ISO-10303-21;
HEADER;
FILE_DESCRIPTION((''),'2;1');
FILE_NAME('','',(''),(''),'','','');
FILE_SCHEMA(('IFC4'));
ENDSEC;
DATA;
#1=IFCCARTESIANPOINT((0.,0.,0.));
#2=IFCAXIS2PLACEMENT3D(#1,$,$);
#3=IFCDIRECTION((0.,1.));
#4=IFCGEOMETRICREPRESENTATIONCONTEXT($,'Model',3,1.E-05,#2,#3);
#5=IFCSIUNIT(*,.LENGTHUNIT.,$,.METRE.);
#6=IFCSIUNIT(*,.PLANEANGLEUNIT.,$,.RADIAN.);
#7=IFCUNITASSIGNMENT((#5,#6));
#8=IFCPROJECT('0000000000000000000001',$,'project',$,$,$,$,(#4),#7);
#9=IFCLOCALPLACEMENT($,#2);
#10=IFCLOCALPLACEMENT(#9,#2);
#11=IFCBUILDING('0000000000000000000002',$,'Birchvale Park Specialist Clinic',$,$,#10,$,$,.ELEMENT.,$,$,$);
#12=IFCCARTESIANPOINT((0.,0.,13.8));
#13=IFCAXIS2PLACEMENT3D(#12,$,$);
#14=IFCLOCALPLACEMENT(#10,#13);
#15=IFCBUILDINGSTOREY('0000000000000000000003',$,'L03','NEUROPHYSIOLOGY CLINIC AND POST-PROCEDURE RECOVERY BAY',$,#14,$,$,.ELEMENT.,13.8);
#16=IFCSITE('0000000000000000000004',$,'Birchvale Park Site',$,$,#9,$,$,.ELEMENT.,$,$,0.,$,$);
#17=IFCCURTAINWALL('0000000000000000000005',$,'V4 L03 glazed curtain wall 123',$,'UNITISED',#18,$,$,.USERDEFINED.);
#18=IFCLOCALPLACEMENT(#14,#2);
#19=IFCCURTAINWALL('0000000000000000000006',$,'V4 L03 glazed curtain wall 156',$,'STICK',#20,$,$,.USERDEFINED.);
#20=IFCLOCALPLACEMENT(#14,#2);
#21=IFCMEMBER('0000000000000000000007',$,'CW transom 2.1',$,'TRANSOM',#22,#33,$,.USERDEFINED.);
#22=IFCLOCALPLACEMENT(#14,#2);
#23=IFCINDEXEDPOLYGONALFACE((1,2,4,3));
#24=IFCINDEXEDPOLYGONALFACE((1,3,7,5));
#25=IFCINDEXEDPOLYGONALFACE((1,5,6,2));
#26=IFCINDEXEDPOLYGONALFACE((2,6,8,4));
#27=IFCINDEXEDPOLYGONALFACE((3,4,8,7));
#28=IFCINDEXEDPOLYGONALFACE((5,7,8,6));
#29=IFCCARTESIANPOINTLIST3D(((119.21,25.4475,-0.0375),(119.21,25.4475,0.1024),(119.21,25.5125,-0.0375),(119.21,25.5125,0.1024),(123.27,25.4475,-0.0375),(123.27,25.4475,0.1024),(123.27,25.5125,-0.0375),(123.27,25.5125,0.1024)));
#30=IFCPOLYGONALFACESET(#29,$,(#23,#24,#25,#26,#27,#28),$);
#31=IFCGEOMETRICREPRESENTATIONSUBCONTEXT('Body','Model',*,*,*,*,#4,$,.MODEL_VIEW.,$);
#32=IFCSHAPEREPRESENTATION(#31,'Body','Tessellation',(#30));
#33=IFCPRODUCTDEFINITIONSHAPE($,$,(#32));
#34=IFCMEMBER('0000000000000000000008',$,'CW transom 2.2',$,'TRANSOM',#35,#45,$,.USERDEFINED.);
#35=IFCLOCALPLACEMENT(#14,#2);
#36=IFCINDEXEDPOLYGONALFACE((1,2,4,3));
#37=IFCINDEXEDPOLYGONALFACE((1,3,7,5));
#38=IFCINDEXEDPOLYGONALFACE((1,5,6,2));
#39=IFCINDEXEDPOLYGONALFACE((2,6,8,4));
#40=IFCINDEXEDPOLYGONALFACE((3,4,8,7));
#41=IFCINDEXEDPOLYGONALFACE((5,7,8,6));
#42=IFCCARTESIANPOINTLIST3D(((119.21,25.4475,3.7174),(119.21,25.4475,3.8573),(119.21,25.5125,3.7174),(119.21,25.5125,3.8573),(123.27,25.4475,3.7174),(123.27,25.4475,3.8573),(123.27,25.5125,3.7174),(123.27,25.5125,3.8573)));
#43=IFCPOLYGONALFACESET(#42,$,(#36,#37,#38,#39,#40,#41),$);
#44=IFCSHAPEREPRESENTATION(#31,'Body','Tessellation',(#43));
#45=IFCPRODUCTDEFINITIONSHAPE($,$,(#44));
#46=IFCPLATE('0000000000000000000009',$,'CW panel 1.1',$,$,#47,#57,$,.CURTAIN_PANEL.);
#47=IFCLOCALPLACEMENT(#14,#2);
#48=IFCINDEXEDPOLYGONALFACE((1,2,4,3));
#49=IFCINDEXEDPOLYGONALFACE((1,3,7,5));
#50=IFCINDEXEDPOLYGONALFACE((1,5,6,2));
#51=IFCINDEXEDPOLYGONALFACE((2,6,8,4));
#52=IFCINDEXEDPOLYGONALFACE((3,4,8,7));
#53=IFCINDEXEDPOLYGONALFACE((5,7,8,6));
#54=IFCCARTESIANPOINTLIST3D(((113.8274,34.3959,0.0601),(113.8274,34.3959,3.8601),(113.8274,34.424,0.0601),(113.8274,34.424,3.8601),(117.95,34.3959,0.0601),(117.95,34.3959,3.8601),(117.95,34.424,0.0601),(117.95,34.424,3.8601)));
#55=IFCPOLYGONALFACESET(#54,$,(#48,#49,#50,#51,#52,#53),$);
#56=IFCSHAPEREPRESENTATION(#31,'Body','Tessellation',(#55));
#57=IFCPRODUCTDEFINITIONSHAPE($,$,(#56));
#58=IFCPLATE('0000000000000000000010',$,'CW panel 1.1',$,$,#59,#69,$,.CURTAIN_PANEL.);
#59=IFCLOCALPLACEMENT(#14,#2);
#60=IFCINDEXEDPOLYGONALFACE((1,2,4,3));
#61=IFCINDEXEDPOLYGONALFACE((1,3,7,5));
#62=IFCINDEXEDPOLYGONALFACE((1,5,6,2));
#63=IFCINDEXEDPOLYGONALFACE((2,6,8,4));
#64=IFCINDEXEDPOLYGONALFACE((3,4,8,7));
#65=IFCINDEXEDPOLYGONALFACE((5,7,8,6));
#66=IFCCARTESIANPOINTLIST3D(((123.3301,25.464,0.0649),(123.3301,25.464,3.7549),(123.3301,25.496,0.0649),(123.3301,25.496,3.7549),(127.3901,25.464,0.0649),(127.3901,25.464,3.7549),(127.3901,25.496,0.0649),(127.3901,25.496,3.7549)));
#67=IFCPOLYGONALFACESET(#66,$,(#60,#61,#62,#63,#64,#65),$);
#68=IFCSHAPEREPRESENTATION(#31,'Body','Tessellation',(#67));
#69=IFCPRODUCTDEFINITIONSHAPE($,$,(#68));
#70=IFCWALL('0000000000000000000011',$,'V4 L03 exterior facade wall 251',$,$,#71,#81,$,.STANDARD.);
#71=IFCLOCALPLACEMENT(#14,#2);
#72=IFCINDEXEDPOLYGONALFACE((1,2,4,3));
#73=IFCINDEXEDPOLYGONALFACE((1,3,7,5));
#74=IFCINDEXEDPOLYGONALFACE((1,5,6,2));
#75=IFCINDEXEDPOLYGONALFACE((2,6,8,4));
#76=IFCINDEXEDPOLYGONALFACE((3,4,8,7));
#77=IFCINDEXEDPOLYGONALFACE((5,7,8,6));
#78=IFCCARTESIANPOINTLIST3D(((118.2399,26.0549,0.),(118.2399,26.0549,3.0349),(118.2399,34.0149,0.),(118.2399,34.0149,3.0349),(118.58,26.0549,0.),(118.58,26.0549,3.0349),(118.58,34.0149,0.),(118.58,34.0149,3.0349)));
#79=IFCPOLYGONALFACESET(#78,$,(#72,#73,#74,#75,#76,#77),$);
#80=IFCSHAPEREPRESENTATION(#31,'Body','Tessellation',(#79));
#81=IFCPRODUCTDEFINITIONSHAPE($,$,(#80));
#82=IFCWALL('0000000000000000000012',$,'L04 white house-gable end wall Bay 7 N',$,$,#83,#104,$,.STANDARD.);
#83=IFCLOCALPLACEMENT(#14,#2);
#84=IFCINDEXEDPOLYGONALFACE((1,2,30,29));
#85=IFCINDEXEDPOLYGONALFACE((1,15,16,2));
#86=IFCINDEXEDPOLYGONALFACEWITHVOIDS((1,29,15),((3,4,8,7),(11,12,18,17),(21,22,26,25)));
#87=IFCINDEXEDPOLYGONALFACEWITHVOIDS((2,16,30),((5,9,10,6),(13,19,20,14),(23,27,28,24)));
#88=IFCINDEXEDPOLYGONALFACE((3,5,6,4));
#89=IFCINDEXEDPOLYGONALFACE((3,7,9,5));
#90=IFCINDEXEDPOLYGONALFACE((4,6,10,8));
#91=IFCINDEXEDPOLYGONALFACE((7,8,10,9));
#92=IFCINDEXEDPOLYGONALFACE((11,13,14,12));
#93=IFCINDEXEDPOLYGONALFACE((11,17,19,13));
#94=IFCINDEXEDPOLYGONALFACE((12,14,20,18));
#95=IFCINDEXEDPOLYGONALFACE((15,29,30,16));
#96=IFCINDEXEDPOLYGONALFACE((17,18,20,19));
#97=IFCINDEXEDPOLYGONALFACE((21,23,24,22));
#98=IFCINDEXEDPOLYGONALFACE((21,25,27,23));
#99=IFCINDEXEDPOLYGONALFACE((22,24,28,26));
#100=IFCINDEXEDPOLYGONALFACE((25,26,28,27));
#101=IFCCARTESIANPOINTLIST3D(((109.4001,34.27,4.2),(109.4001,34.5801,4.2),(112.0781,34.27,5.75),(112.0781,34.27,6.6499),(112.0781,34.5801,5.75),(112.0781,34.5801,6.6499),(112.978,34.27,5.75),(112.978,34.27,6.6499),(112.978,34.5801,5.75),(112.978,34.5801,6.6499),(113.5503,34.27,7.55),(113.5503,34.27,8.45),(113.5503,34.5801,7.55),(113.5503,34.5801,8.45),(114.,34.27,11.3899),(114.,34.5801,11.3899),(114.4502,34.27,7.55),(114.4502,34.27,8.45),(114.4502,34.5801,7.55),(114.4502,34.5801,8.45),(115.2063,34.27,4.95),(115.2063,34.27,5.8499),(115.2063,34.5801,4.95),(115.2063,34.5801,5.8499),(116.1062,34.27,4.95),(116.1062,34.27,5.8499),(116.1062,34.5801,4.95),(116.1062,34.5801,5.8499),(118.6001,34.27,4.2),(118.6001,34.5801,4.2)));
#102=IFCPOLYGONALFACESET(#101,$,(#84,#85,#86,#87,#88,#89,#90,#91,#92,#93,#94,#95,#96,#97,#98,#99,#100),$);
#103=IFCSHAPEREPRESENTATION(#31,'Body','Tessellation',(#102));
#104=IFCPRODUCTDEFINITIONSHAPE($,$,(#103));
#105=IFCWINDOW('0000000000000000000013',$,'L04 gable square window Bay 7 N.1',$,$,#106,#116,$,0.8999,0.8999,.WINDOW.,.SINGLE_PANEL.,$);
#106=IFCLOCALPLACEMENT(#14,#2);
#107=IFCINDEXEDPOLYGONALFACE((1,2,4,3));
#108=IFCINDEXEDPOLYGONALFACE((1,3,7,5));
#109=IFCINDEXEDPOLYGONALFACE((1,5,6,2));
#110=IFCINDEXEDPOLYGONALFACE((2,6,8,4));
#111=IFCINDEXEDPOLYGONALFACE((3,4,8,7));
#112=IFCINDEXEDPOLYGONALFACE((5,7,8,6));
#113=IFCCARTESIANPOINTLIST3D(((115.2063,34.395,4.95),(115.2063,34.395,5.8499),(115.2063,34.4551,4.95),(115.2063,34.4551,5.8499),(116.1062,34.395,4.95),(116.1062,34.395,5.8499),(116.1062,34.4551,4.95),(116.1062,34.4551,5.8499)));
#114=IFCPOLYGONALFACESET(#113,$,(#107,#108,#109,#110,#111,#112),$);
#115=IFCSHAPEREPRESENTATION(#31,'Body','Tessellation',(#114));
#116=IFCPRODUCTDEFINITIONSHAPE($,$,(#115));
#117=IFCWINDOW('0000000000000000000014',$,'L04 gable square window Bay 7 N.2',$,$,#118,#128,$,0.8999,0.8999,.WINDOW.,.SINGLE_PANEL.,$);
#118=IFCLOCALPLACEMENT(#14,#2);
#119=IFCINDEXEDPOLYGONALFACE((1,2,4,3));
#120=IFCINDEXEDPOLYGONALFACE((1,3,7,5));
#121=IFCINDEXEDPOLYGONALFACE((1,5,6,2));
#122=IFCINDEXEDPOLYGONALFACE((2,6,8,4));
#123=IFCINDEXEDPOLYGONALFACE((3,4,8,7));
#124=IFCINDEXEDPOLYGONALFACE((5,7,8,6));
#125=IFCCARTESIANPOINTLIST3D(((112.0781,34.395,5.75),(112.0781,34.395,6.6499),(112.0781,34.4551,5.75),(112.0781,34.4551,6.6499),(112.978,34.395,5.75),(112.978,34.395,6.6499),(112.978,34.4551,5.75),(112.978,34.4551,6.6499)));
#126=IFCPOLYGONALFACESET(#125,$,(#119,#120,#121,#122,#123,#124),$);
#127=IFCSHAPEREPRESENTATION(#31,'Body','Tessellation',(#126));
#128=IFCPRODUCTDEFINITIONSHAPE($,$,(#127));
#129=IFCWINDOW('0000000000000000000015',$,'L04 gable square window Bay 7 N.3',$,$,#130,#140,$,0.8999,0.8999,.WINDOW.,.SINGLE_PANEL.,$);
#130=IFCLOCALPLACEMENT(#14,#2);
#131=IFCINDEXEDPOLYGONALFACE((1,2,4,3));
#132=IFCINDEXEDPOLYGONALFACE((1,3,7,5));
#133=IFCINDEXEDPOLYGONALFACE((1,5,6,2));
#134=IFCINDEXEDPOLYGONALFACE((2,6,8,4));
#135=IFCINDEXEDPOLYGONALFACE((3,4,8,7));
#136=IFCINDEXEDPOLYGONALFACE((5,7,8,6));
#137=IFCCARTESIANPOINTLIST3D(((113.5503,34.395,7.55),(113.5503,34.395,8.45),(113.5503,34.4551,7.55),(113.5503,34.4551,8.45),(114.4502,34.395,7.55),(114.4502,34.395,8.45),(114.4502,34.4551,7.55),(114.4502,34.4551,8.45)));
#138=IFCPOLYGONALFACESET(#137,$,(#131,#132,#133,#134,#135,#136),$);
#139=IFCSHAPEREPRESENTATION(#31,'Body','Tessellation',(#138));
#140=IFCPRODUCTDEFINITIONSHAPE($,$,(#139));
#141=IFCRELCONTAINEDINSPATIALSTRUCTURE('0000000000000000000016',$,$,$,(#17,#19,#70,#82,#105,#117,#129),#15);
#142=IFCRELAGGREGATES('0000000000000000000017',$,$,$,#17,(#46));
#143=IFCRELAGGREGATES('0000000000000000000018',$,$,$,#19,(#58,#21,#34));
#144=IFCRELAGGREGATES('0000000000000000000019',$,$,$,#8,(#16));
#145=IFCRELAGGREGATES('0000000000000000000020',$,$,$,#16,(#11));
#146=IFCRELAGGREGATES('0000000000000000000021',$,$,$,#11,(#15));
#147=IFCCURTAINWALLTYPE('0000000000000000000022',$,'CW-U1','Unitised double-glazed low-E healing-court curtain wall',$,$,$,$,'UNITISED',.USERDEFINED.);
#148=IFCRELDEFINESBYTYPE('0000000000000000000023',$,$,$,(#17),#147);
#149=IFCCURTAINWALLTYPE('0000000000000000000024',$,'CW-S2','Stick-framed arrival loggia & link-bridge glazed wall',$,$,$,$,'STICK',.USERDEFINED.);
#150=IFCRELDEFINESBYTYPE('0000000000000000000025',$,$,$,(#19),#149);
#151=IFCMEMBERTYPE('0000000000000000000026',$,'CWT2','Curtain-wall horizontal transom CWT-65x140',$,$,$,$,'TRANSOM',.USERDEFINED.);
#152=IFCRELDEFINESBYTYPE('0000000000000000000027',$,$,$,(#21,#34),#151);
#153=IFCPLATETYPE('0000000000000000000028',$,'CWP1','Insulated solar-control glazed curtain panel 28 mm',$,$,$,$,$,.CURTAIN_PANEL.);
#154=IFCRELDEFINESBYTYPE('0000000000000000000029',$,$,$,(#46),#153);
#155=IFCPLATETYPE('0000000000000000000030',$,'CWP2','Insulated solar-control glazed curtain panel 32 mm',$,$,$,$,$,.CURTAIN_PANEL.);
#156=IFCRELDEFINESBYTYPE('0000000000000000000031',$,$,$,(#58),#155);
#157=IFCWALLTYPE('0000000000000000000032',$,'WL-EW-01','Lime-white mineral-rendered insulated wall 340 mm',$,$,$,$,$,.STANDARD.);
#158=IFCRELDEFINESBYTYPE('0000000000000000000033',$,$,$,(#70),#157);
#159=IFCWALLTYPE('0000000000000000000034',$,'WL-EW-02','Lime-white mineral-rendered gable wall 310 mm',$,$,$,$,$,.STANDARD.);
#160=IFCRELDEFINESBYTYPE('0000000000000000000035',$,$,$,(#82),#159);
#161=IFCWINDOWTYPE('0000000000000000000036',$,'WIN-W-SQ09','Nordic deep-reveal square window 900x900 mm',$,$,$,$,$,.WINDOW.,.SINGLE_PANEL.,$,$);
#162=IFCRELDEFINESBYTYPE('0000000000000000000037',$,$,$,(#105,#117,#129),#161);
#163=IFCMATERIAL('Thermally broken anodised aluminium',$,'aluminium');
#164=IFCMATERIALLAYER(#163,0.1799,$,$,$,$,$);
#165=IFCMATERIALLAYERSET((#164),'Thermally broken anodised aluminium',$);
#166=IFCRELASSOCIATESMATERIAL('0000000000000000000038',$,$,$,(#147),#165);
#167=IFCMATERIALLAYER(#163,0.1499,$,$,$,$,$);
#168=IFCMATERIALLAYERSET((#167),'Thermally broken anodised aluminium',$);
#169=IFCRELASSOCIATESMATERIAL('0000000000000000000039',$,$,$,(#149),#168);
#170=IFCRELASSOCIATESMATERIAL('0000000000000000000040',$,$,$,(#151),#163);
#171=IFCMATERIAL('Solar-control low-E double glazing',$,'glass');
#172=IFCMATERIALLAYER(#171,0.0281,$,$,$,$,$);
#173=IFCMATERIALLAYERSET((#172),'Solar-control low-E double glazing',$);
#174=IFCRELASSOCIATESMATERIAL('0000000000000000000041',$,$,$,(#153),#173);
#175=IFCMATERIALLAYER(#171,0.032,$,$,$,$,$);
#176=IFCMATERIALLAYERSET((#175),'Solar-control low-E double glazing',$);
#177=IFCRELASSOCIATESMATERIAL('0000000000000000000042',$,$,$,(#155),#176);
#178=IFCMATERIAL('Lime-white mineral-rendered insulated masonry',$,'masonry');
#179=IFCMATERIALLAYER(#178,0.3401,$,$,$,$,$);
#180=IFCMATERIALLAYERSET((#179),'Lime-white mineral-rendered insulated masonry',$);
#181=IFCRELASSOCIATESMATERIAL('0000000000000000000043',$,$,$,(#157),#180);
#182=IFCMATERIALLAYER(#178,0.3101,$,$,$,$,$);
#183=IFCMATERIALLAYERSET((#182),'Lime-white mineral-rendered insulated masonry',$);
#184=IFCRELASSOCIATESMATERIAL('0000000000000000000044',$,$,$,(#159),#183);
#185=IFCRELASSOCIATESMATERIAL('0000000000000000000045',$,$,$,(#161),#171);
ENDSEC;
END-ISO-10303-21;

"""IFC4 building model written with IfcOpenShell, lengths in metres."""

from ifc_helpers import new_model, si_unit, direction, frame, frame_2d, origin, origin_2d, place, context, subcontext, project, spatial, polyline, rectangle, outline, extrude, material, layer, layer_set, material_profile, profile_set, type_object, element, fill, aggregate, save


model = new_model("IFC4")

# Units and contexts
model_context = context("Model", 3, precision=1e-05, world=origin(), true_north=direction((0.0, 1.0)))
body_context = subcontext(model_context, "Body", "Model", "MODEL_VIEW")
ifc_project = project(units=[si_unit("LENGTHUNIT", "METRE"), si_unit("PLANEANGLEUNIT", "RADIAN")], contexts=[model_context])

# Site, building, storey
site_placement = place(None, origin())
site = spatial("IfcSite", under=ifc_project, at=site_placement, Name="Birchvale Park Site", CompositionType="ELEMENT", RefElevation=0.0)
building_placement = place(site_placement, origin())
building = spatial("IfcBuilding", under=site, at=building_placement, Name="Birchvale Park Specialist Clinic", CompositionType="ELEMENT")
storey_placement = place(building_placement, frame((0.0, 0.0, 13.8)))
storey = spatial("IfcBuildingStorey", under=building, at=storey_placement, Name="L03", Description="NEUROPHYSIOLOGY CLINIC AND POST-PROCEDURE RECOVERY BAY", CompositionType="ELEMENT", Elevation=13.8)

# Curtain wall
ifc_material_1 = material(Name="Thermally broken anodised aluminium", Category="aluminium")
ifc_layer_1 = layer(ifc_material_1, 0.1799)
ifc_layer_set_1 = layer_set([ifc_layer_1], Name="Thermally broken anodised aluminium")
curtain_wall_type_1 = type_object("IfcCurtainWallType", Name="CW-U1", Description="Unitised double-glazed low-E healing-court curtain wall", ElementType="UNITISED", PredefinedType="USERDEFINED", material=ifc_layer_set_1)
curtain_wall_1_placement = place(storey_placement, origin())
curtain_wall_1 = element("IfcCurtainWall", 1, at=curtain_wall_1_placement, inside=storey, type_object=curtain_wall_type_1, Name="V4 L03 glazed curtain wall 123", ObjectType="UNITISED", PredefinedType="USERDEFINED")

# Curtain wall
ifc_layer_2 = layer(ifc_material_1, 0.1499)
ifc_layer_set_2 = layer_set([ifc_layer_2], Name="Thermally broken anodised aluminium")
curtain_wall_type_2 = type_object("IfcCurtainWallType", Name="CW-S2", Description="Stick-framed arrival loggia & link-bridge glazed wall", ElementType="STICK", PredefinedType="USERDEFINED", material=ifc_layer_set_2)
curtain_wall_2_placement = place(storey_placement, origin())
curtain_wall_2 = element("IfcCurtainWall", 2, at=curtain_wall_2_placement, inside=storey, type_object=curtain_wall_type_2, Name="V4 L03 glazed curtain wall 156", ObjectType="STICK", PredefinedType="USERDEFINED")

# Members
ifc_material_profile_1 = material_profile(ifc_material_1, rectangle(XDim=0.0649, YDim=0.1399, at=origin_2d()), Name="CWT-65x140")
ifc_profile_set_1 = profile_set([ifc_material_profile_1], Name="Thermally broken anodised aluminium")
member_type_1 = type_object("IfcMemberType", Name="CWT2", Description="Curtain-wall horizontal transom CWT-65x140", ElementType="TRANSOM", PredefinedType="USERDEFINED", material=ifc_profile_set_1)
member_1_placement = place(storey_placement, frame((123.27, 25.48, 0.0325), z_axis=(-1.0, 0.0, 0.0), x_axis=(0.0, -1.0, 0.0)))
member_1 = element("IfcMember", 3, at=member_1_placement, type_object=member_type_1, Name="CW transom 2.1", ObjectType="TRANSOM", PredefinedType="USERDEFINED", context=body_context, shape_type="SweptSolid", body=[
    extrude(rectangle(XDim=0.0649, YDim=0.1399, at=origin_2d()), origin(), (0.0, 0.0, 1.0), 4.0601),
])
member_2_placement = place(storey_placement, frame((123.27, 25.48, 3.7874), z_axis=(-1.0, 0.0, 0.0), x_axis=(0.0, -1.0, 0.0)))
member_2 = element("IfcMember", 4, at=member_2_placement, type_object=member_type_1, Name="CW transom 2.2", ObjectType="TRANSOM", PredefinedType="USERDEFINED", context=body_context, shape_type="SweptSolid", body=[
    extrude(rectangle(XDim=0.0649, YDim=0.1399, at=origin_2d()), origin(), (0.0, 0.0, 1.0), 4.0601),
])

# Plates
ifc_material_2 = material(Name="Solar-control low-E double glazing", Category="glass")
ifc_layer_3 = layer(ifc_material_2, 0.0281)
ifc_layer_set_3 = layer_set([ifc_layer_3], Name="Solar-control low-E double glazing")
plate_type_1 = type_object("IfcPlateType", Name="CWP1", Description="Insulated solar-control glazed curtain panel 28 mm", PredefinedType="CURTAIN_PANEL", material=ifc_layer_set_3)
plate_1_placement = place(storey_placement, frame((115.8887, 34.4099, 0.0601), z_axis=(0.0, 0.0, 1.0), x_axis=(-1.0, 0.0, 0.0)))
plate_1 = element("IfcPlate", 5, at=plate_1_placement, type_object=plate_type_1, Name="CW panel 1.1", PredefinedType="CURTAIN_PANEL", context=body_context, shape_type="SweptSolid", body=[
    extrude(rectangle(XDim=4.1226, YDim=0.0281, at=origin_2d()), origin(), (0.0, 0.0, 1.0), 3.8),
])
aggregate(curtain_wall_1, [plate_1])
ifc_layer_4 = layer(ifc_material_2, 0.032)
ifc_layer_set_4 = layer_set([ifc_layer_4], Name="Solar-control low-E double glazing")
plate_type_2 = type_object("IfcPlateType", Name="CWP2", Description="Insulated solar-control glazed curtain panel 32 mm", PredefinedType="CURTAIN_PANEL", material=ifc_layer_set_4)
plate_2_placement = place(storey_placement, frame((125.3601, 25.48, 0.0649), z_axis=(0.0, 0.0, 1.0), x_axis=(-1.0, 0.0, 0.0)))
plate_2 = element("IfcPlate", 6, at=plate_2_placement, type_object=plate_type_2, Name="CW panel 1.1", PredefinedType="CURTAIN_PANEL", context=body_context, shape_type="SweptSolid", body=[
    extrude(rectangle(XDim=4.0601, YDim=0.032, at=origin_2d()), origin(), (0.0, 0.0, 1.0), 3.6899),
])
aggregate(curtain_wall_2, [plate_2, member_1, member_2])

# Wall
ifc_material_3 = material(Name="Lime-white mineral-rendered insulated masonry", Category="masonry")
ifc_layer_5 = layer(ifc_material_3, 0.3401)
ifc_layer_set_5 = layer_set([ifc_layer_5], Name="Lime-white mineral-rendered insulated masonry")
wall_type_1 = type_object("IfcWallType", Name="WL-EW-01", Description="Lime-white mineral-rendered insulated wall 340 mm", PredefinedType="STANDARD", material=ifc_layer_set_5)
wall_1_placement = place(storey_placement, frame((118.4099, 26.0549, 0.0), z_axis=(0.0, 0.0, 1.0), x_axis=(0.0, 1.0, 0.0)))
element("IfcWall", 7, at=wall_1_placement, inside=storey, type_object=wall_type_1, Name="V4 L03 exterior facade wall 251", PredefinedType="STANDARD", context=body_context, shape_type="SweptSolid", body=[
    extrude(rectangle(XDim=7.96, YDim=0.3401, at=frame_2d((3.98, 0.0))), origin(), (0.0, 0.0, 1.0), 3.0349),
])

# Wall, openings, windows
ifc_layer_6 = layer(ifc_material_3, 0.3101)
ifc_layer_set_6 = layer_set([ifc_layer_6], Name="Lime-white mineral-rendered insulated masonry")
wall_type_2 = type_object("IfcWallType", Name="WL-EW-02", Description="Lime-white mineral-rendered gable wall 310 mm", PredefinedType="STANDARD", material=ifc_layer_set_6)
wall_2_placement = place(storey_placement, frame((118.6001, 34.425, 4.2), z_axis=(0.0, 0.0, 1.0), x_axis=(-1.0, 0.0, 0.0)))
wall_2 = element("IfcWall", 8, at=wall_2_placement, inside=storey, type_object=wall_type_2, Name="L04 white house-gable end wall Bay 7 N", PredefinedType="STANDARD", context=body_context, shape_type="SweptSolid", body=[
    extrude(outline(polyline([(0.0, 0.0), (9.2002, 0.0), (9.2, 0.0), (4.6001, 7.1899), (0.0, 0.0), (0.0, 0.0)])), frame((0.0, 0.155, 0.0), z_axis=(0.0, -1.0, 0.0), x_axis=(1.0, 0.0, 0.0)), (0.0, 0.0, 1.0), 0.3101),
])
opening_1_placement = place(wall_2_placement, frame((2.4939, 0.0, 0.75)))
opening_1 = element("IfcOpeningElement", 9, at=opening_1_placement, cuts=wall_2, PredefinedType="OPENING", context=body_context, shape_type="SweptSolid", body=[
    extrude(rectangle(XDim=0.8999, YDim=0.8999, at=frame_2d((0.45, 0.45))), frame((0.0, 0.165, 0.0), z_axis=(0.0, -1.0, 0.0), x_axis=(1.0, 0.0, 0.0)), (0.0, 0.0, 1.0), 0.3301),
])
opening_2_placement = place(wall_2_placement, frame((5.6221, 0.0, 1.55)))
opening_2 = element("IfcOpeningElement", 10, at=opening_2_placement, cuts=wall_2, PredefinedType="OPENING", context=body_context, shape_type="SweptSolid", body=[
    extrude(rectangle(XDim=0.8999, YDim=0.8999, at=frame_2d((0.45, 0.45))), frame((0.0, 0.165, 0.0), z_axis=(0.0, -1.0, 0.0), x_axis=(1.0, 0.0, 0.0)), (0.0, 0.0, 1.0), 0.3301),
])
opening_3_placement = place(wall_2_placement, frame((4.1499, 0.0, 3.3501)))
opening_3 = element("IfcOpeningElement", 11, at=opening_3_placement, cuts=wall_2, PredefinedType="OPENING", context=body_context, shape_type="SweptSolid", body=[
    extrude(rectangle(XDim=0.8999, YDim=0.8999, at=frame_2d((0.45, 0.45))), frame((0.0, 0.165, 0.0), z_axis=(0.0, -1.0, 0.0), x_axis=(1.0, 0.0, 0.0)), (0.0, 0.0, 1.0), 0.3301),
])
window_type = type_object("IfcWindowType", Name="WIN-W-SQ09", Description="Nordic deep-reveal square window 900x900 mm", PartitioningType="SINGLE_PANEL", PredefinedType="WINDOW", material=ifc_material_2)
window_1_placement = place(opening_1_placement, origin())
window_1 = element("IfcWindow", 12, at=window_1_placement, inside=storey, type_object=window_type, Name="L04 gable square window Bay 7 N.1", OverallHeight=0.8999, OverallWidth=0.8999, PartitioningType="SINGLE_PANEL", PredefinedType="WINDOW", context=body_context, shape_type="SweptSolid", body=[
    extrude(rectangle(XDim=0.8999, YDim=0.8999, at=frame_2d((0.45, 0.45))), frame((0.0, 0.03, 0.0), z_axis=(0.0, -1.0, 0.0), x_axis=(1.0, 0.0, 0.0)), (0.0, 0.0, 1.0), 0.0601),
])
fill(opening_1, window_1)
window_2_placement = place(opening_2_placement, origin())
window_2 = element("IfcWindow", 13, at=window_2_placement, inside=storey, type_object=window_type, Name="L04 gable square window Bay 7 N.2", OverallHeight=0.8999, OverallWidth=0.8999, PartitioningType="SINGLE_PANEL", PredefinedType="WINDOW", context=body_context, shape_type="SweptSolid", body=[
    extrude(rectangle(XDim=0.8999, YDim=0.8999, at=frame_2d((0.45, 0.45))), frame((0.0, 0.03, 0.0), z_axis=(0.0, -1.0, 0.0), x_axis=(1.0, 0.0, 0.0)), (0.0, 0.0, 1.0), 0.0601),
])
fill(opening_2, window_2)
window_3_placement = place(opening_3_placement, origin())
window_3 = element("IfcWindow", 14, at=window_3_placement, inside=storey, type_object=window_type, Name="L04 gable square window Bay 7 N.3", OverallHeight=0.8999, OverallWidth=0.8999, PartitioningType="SINGLE_PANEL", PredefinedType="WINDOW", context=body_context, shape_type="SweptSolid", body=[
    extrude(rectangle(XDim=0.8999, YDim=0.8999, at=frame_2d((0.45, 0.45))), frame((0.0, 0.03, 0.0), z_axis=(0.0, -1.0, 0.0), x_axis=(1.0, 0.0, 0.0)), (0.0, 0.0, 1.0), 0.0601),
])
fill(opening_3, window_3)

save(model, "model.ifc")
